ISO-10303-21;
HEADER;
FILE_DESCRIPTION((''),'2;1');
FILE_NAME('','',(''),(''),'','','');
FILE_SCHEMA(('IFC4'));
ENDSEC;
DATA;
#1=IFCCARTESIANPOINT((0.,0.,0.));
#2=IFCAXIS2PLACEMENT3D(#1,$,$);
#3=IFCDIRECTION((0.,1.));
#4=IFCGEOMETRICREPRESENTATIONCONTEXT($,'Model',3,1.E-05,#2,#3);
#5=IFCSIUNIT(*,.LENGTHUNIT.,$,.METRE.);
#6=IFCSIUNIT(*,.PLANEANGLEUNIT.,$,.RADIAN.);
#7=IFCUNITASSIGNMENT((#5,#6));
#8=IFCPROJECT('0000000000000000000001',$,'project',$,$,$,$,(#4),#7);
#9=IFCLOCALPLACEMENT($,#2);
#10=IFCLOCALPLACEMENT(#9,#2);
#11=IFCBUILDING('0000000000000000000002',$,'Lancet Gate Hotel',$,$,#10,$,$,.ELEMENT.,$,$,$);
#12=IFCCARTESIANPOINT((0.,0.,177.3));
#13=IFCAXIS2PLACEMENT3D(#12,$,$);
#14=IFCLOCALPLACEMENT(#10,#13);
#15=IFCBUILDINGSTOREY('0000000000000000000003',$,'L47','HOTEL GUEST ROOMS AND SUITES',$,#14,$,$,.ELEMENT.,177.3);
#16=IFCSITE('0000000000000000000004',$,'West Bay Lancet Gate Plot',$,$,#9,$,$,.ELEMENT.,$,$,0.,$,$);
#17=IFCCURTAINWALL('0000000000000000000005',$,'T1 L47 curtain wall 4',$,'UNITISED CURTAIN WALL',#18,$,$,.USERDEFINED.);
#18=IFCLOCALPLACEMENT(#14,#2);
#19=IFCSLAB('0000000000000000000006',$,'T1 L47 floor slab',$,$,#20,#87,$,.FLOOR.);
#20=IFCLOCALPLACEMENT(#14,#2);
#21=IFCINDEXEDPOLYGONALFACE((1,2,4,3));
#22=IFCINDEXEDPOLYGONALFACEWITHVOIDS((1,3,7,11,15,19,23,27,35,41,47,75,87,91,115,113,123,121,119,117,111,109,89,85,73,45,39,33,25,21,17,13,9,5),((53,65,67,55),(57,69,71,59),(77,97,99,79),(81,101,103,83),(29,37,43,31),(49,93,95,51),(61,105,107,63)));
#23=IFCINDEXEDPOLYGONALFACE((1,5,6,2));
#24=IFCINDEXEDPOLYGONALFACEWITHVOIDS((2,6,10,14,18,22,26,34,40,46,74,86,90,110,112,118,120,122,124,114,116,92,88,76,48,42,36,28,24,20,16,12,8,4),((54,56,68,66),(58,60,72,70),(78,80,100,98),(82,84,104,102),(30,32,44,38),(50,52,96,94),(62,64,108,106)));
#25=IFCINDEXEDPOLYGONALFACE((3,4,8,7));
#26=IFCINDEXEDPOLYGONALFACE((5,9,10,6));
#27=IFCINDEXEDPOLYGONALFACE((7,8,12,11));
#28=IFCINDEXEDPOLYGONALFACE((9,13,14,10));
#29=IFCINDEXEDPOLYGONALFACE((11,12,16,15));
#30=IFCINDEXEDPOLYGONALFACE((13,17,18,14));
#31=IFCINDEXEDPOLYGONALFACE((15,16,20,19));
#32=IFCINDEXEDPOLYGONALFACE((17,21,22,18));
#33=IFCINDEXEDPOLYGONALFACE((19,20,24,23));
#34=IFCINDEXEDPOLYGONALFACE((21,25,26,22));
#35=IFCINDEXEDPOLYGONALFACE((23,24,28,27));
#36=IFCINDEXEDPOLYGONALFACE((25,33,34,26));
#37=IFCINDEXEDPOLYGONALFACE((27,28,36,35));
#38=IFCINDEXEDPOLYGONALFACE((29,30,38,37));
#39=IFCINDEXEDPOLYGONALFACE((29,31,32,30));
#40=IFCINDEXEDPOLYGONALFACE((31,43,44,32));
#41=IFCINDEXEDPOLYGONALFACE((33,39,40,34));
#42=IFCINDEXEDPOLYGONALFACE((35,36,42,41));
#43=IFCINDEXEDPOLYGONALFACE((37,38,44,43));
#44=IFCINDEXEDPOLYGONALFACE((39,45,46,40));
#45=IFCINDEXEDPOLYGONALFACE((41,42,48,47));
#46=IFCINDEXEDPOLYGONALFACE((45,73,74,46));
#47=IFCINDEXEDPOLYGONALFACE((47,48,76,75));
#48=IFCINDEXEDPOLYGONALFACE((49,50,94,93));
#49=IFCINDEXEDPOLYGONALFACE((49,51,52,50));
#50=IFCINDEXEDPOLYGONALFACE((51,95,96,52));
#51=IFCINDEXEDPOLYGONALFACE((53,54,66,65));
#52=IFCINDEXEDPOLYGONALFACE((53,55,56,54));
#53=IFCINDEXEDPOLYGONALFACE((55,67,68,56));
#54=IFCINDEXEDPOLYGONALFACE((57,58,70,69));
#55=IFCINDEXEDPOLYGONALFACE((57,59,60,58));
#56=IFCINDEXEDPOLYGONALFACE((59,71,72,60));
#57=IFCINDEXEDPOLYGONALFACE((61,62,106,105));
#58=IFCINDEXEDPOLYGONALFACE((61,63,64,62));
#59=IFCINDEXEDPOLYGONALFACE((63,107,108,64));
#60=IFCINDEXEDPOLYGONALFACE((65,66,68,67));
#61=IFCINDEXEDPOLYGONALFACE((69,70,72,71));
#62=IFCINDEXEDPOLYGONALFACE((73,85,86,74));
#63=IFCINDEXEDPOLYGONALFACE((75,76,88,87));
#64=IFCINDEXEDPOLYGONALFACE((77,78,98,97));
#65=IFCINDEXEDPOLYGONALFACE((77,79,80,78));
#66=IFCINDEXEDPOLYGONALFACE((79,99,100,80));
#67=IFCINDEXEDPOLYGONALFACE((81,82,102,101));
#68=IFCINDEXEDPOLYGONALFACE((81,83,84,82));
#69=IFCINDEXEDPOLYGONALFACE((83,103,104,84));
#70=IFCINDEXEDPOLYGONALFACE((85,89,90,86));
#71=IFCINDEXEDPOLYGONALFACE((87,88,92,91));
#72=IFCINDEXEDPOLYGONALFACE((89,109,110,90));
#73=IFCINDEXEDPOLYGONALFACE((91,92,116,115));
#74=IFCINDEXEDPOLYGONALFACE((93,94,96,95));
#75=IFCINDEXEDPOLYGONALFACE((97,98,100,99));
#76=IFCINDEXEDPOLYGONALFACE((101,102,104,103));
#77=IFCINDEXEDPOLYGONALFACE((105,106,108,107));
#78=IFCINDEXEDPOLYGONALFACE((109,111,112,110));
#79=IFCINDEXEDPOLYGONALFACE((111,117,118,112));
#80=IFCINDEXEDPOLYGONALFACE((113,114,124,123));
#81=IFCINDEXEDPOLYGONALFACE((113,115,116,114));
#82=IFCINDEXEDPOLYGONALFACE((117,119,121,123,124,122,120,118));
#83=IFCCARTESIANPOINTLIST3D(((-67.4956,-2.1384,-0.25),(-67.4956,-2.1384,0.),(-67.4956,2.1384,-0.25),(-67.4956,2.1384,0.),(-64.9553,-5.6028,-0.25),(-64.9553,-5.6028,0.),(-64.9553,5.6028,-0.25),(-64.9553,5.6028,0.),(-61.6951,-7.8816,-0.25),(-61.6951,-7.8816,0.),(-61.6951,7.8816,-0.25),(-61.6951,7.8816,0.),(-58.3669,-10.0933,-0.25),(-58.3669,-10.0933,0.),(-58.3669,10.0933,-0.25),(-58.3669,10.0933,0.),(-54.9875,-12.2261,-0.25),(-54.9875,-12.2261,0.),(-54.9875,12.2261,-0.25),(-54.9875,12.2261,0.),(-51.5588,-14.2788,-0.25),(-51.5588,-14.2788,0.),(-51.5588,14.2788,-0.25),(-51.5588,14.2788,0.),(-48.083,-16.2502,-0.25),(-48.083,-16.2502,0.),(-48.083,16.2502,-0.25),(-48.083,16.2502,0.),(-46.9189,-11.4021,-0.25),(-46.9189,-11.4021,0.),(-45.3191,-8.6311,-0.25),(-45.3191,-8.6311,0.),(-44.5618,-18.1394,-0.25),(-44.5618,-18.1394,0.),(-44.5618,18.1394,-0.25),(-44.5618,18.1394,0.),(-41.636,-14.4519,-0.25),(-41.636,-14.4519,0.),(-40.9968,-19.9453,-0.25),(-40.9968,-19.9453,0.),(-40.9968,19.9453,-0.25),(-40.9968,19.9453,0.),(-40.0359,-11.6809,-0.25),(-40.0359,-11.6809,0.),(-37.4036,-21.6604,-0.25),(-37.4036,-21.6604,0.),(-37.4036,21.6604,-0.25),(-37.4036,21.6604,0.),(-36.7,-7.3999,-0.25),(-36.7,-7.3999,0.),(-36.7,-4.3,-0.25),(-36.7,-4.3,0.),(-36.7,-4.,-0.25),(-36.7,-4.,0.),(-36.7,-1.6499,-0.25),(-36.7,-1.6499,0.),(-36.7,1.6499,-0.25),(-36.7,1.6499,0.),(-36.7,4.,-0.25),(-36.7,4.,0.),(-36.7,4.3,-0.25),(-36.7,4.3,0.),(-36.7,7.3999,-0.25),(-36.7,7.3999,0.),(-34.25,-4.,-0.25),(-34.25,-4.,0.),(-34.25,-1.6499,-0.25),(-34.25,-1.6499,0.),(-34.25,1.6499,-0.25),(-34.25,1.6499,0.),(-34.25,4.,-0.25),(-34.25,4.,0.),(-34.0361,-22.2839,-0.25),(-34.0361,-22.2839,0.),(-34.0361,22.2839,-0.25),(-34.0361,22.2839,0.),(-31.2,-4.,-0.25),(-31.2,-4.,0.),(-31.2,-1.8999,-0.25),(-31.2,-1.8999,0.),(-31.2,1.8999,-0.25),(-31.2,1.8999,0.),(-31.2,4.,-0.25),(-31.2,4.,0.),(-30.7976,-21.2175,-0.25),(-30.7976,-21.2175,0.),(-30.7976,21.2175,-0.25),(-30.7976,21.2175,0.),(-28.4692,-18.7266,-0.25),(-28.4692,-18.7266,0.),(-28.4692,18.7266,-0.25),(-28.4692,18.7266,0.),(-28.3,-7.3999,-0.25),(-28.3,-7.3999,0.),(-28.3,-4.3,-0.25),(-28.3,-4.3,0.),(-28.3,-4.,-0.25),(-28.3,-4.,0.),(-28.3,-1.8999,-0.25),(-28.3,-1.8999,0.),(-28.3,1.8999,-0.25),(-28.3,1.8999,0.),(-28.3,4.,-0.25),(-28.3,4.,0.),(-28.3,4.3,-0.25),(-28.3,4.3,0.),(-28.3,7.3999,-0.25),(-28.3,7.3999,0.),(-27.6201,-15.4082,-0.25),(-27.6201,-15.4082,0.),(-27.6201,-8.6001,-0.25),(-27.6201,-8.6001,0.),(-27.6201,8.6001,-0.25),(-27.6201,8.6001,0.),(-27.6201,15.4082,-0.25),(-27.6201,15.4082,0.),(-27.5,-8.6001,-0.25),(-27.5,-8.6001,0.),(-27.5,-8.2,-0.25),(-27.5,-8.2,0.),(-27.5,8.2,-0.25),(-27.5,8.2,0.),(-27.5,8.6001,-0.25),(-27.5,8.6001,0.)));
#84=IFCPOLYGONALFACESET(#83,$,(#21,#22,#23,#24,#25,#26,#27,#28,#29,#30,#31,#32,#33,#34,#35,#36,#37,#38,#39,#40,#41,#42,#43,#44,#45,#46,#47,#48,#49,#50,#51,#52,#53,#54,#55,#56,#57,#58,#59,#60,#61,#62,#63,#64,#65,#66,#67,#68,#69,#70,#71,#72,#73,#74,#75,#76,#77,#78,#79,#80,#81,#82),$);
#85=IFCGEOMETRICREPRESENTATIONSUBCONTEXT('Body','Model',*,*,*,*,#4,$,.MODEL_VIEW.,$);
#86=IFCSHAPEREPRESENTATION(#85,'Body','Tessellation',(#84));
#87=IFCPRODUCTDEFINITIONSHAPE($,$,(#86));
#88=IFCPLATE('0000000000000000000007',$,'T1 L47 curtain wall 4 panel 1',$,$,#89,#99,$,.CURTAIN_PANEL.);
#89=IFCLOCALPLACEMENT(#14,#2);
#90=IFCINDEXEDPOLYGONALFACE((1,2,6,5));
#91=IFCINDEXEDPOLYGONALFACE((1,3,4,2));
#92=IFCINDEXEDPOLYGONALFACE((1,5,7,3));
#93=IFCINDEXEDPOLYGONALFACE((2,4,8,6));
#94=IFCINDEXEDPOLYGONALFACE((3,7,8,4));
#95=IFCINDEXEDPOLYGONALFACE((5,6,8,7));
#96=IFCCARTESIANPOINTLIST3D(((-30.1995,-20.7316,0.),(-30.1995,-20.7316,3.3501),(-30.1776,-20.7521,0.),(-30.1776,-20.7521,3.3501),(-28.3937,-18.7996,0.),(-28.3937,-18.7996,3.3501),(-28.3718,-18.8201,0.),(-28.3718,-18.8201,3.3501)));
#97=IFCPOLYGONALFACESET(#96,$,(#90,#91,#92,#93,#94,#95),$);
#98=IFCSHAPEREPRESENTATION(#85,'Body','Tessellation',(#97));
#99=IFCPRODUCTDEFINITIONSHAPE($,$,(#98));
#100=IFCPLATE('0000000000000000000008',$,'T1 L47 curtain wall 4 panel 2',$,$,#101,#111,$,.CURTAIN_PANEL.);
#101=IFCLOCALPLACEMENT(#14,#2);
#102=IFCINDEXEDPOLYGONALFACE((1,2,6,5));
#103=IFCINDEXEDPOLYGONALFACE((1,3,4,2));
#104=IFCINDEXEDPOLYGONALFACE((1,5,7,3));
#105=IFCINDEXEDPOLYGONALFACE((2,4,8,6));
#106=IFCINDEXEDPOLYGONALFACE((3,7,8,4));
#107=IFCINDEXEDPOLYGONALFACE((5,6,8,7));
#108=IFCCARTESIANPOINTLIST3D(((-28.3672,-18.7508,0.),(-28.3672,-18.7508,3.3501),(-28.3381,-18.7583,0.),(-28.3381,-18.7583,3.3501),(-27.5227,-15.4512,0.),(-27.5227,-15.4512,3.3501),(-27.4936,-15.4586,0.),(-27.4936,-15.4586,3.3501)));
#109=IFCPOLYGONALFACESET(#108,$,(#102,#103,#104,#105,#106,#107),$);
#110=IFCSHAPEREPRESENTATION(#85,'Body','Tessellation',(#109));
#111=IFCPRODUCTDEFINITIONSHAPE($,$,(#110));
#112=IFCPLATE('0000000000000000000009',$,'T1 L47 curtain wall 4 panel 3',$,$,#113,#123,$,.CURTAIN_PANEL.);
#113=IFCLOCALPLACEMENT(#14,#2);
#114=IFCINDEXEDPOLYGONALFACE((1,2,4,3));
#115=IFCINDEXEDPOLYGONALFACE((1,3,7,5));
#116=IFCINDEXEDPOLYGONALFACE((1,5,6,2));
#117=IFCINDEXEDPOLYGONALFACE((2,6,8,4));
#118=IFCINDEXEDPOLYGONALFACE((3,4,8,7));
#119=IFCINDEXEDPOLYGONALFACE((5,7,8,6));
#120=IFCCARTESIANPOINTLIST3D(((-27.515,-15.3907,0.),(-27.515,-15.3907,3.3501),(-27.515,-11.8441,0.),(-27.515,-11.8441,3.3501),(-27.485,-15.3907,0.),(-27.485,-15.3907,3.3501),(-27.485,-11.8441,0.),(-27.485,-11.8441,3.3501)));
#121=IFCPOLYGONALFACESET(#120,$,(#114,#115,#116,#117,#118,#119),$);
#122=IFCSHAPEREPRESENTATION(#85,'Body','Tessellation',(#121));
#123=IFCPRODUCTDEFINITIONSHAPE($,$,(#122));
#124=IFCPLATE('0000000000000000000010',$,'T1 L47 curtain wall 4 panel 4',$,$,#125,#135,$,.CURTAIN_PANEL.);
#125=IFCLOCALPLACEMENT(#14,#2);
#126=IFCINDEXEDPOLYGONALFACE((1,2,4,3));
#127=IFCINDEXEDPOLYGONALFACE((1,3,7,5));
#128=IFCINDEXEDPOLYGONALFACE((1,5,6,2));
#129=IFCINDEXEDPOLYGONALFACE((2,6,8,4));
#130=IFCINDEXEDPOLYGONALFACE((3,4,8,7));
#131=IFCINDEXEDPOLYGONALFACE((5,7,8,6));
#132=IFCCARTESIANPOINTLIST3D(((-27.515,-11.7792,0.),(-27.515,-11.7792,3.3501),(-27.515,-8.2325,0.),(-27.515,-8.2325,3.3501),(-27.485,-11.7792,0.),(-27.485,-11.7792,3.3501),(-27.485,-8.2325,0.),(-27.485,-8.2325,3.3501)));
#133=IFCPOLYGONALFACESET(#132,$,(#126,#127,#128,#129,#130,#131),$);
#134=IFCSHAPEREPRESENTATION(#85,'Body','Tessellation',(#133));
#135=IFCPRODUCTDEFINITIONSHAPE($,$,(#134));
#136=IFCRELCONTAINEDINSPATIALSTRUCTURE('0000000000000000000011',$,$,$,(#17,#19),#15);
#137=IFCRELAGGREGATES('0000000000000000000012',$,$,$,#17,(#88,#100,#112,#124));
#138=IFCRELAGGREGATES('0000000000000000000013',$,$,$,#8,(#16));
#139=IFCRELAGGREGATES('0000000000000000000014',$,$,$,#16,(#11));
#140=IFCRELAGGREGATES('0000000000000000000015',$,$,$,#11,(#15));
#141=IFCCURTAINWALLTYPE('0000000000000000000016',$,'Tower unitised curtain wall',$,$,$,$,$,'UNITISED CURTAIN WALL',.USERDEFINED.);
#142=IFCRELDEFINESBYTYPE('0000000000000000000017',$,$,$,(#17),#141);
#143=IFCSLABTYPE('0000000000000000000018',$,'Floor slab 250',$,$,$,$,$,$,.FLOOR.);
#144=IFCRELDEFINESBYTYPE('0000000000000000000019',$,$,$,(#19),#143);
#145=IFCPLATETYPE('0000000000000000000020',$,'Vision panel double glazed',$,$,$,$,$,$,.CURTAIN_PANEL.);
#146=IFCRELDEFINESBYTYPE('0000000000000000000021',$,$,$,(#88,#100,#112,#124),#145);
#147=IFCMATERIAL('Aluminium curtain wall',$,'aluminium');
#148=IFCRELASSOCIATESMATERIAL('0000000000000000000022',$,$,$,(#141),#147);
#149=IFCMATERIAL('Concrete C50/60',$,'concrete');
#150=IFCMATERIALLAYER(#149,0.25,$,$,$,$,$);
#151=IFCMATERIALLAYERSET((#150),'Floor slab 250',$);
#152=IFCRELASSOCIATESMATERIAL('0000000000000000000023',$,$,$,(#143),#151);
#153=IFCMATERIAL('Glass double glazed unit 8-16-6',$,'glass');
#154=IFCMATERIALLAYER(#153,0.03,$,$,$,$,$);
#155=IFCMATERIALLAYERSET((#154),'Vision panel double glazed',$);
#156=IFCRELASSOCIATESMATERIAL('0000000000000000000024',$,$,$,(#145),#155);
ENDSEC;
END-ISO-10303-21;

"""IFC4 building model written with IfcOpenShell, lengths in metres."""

from ifc_helpers import new_model, si_unit, direction, frame, origin, origin_2d, place, context, subcontext, project, spatial, polyline, rectangle, outline, extrude, material, layer, layer_set, type_object, element, aggregate, save


model = new_model("IFC4")

# Units and contexts
model_context = context("Model", 3, precision=1e-05, world=origin(), true_north=direction((0.0, 1.0)))
body_context = subcontext(model_context, "Body", "Model", "MODEL_VIEW")
ifc_project = project(units=[si_unit("LENGTHUNIT", "METRE"), si_unit("PLANEANGLEUNIT", "RADIAN")], contexts=[model_context])

# Site, building, storey
site_placement = place(None, origin())
site = spatial("IfcSite", under=ifc_project, at=site_placement, Name="West Bay Lancet Gate Plot", CompositionType="ELEMENT", RefElevation=0.0)
building_placement = place(site_placement, origin())
building = spatial("IfcBuilding", under=site, at=building_placement, Name="Lancet Gate Hotel", CompositionType="ELEMENT")
storey_placement = place(building_placement, frame((0.0, 0.0, 177.3)))
storey = spatial("IfcBuildingStorey", under=building, at=storey_placement, Name="L47", Description="HOTEL GUEST ROOMS AND SUITES", CompositionType="ELEMENT", Elevation=177.3)

# Curtain wall
ifc_material_1 = material(Name="Aluminium curtain wall", Category="aluminium")
curtain_wall_type = type_object("IfcCurtainWallType", Name="Tower unitised curtain wall", ElementType="UNITISED CURTAIN WALL", PredefinedType="USERDEFINED", material=ifc_material_1)
curtain_wall_placement = place(storey_placement, origin())
curtain_wall = element("IfcCurtainWall", 1, at=curtain_wall_placement, inside=storey, type_object=curtain_wall_type, Name="T1 L47 curtain wall 4", ObjectType="UNITISED CURTAIN WALL", PredefinedType="USERDEFINED")

# Slab
ifc_material_2 = material(Name="Concrete C50/60", Category="concrete")
ifc_layer_1 = layer(ifc_material_2, 0.25)
ifc_layer_set_1 = layer_set([ifc_layer_1], Name="Floor slab 250")
slab_type = type_object("IfcSlabType", Name="Floor slab 250", PredefinedType="FLOOR", material=ifc_layer_set_1)
slab_placement = place(storey_placement, frame((0.0, 0.0, -0.25)))
element("IfcSlab", 2, at=slab_placement, inside=storey, type_object=slab_type, Name="T1 L47 floor slab", PredefinedType="FLOOR", context=body_context, shape_type="SweptSolid", body=[
    extrude(outline(polyline([(-27.5, 8.6001), (-27.6201, 8.6001), (-27.6201, 15.4082), (-28.4692, 18.7266), (-30.7976, 21.2175), (-34.0361, 22.2839), (-37.4036, 21.6604), (-40.9968, 19.9453), (-44.5618, 18.1394), (-48.083, 16.2502), (-51.5588, 14.2788), (-54.9875, 12.2261), (-58.3669, 10.0933), (-61.6951, 7.8816), (-64.9553, 5.6028), (-67.4956, 2.1384), (-67.4956, -2.1384), (-64.9553, -5.6028), (-61.6951, -7.8816), (-58.3669, -10.0933), (-54.9875, -12.2261), (-51.5588, -14.2788), (-48.083, -16.2502), (-44.5618, -18.1394), (-40.9968, -19.9453), (-37.4036, -21.6604), (-34.0361, -22.2839), (-30.7976, -21.2175), (-28.4692, -18.7266), (-27.6201, -15.4082), (-27.6201, -8.6001), (-27.5, -8.6001), (-27.5, -8.2), (-27.5, 8.2), (-27.5, 8.6001)]), holes=[polyline([(-36.7, 7.3999), (-36.7, 4.3), (-28.3, 4.3), (-28.3, 7.3999), (-36.7, 7.3999)]), polyline([(-28.3, 4.0), (-31.2, 4.0), (-31.2, 1.8999), (-28.3, 1.8999), (-28.3, 4.0)]), polyline([(-34.25, 4.0), (-36.7, 4.0), (-36.7, 1.6499), (-34.25, 1.6499), (-34.25, 4.0)]), polyline([(-36.7, -1.6499), (-36.7, -4.0), (-34.25, -4.0), (-34.25, -1.6499), (-36.7, -1.6499)]), polyline([(-28.3, -1.8999), (-31.2, -1.8999), (-31.2, -4.0), (-28.3, -4.0), (-28.3, -1.8999)]), polyline([(-28.3, -4.3), (-36.7, -4.3), (-36.7, -7.3999), (-28.3, -7.3999), (-28.3, -4.3)]), polyline([(-45.3191, -8.6311), (-46.9189, -11.4021), (-41.636, -14.4519), (-40.0359, -11.6809), (-45.3191, -8.6311)])]), origin(), (0.0, 0.0, 1.0), 0.25),
])

# Plates
ifc_material_3 = material(Name="Glass double glazed unit 8-16-6", Category="glass")
ifc_layer_2 = layer(ifc_material_3, 0.03)
ifc_layer_set_2 = layer_set([ifc_layer_2], Name="Vision panel double glazed")
plate_type = type_object("IfcPlateType", Name="Vision panel double glazed", PredefinedType="CURTAIN_PANEL", material=ifc_layer_set_2)
plate_1_placement = place(storey_placement, frame((-29.2856, -19.7759, 0.0), z_axis=(0.0, 0.0, 1.0), x_axis=(0.682845, 0.730563, 0.0)))
plate_1 = element("IfcPlate", 3, at=plate_1_placement, type_object=plate_type, Name="T1 L47 curtain wall 4 panel 1", PredefinedType="CURTAIN_PANEL", context=body_context, shape_type="SweptSolid", body=[
    extrude(rectangle(XDim=2.6445, YDim=0.03, at=origin_2d()), origin(), (0.0, 0.0, 1.0), 3.3501),
])
plate_2_placement = place(storey_placement, frame((-27.9304, -17.1047, 0.0), z_axis=(0.0, 0.0, 1.0), x_axis=(0.247937, 0.968776, 0.0)))
plate_2 = element("IfcPlate", 4, at=plate_2_placement, type_object=plate_type, Name="T1 L47 curtain wall 4 panel 2", PredefinedType="CURTAIN_PANEL", context=body_context, shape_type="SweptSolid", body=[
    extrude(rectangle(XDim=3.406, YDim=0.03, at=origin_2d()), origin(), (0.0, 0.0, 1.0), 3.3501),
])
plate_3_placement = place(storey_placement, frame((-27.5, -13.6174, 0.0), z_axis=(0.0, 0.0, 1.0), x_axis=(0.0, 1.0, 0.0)))
plate_3 = element("IfcPlate", 5, at=plate_3_placement, type_object=plate_type, Name="T1 L47 curtain wall 4 panel 3", PredefinedType="CURTAIN_PANEL", context=body_context, shape_type="SweptSolid", body=[
    extrude(rectangle(XDim=3.5466, YDim=0.03, at=origin_2d()), origin(), (0.0, 0.0, 1.0), 3.3501),
])
plate_4_placement = place(storey_placement, frame((-27.5, -10.0059, 0.0), z_axis=(0.0, 0.0, 1.0), x_axis=(0.0, 1.0, 0.0)))
plate_4 = element("IfcPlate", 6, at=plate_4_placement, type_object=plate_type, Name="T1 L47 curtain wall 4 panel 4", PredefinedType="CURTAIN_PANEL", context=body_context, shape_type="SweptSolid", body=[
    extrude(rectangle(XDim=3.5466, YDim=0.03, at=origin_2d()), origin(), (0.0, 0.0, 1.0), 3.3501),
])
aggregate(curtain_wall, [plate_1, plate_2, plate_3, plate_4])

save(model, "model.ifc")
